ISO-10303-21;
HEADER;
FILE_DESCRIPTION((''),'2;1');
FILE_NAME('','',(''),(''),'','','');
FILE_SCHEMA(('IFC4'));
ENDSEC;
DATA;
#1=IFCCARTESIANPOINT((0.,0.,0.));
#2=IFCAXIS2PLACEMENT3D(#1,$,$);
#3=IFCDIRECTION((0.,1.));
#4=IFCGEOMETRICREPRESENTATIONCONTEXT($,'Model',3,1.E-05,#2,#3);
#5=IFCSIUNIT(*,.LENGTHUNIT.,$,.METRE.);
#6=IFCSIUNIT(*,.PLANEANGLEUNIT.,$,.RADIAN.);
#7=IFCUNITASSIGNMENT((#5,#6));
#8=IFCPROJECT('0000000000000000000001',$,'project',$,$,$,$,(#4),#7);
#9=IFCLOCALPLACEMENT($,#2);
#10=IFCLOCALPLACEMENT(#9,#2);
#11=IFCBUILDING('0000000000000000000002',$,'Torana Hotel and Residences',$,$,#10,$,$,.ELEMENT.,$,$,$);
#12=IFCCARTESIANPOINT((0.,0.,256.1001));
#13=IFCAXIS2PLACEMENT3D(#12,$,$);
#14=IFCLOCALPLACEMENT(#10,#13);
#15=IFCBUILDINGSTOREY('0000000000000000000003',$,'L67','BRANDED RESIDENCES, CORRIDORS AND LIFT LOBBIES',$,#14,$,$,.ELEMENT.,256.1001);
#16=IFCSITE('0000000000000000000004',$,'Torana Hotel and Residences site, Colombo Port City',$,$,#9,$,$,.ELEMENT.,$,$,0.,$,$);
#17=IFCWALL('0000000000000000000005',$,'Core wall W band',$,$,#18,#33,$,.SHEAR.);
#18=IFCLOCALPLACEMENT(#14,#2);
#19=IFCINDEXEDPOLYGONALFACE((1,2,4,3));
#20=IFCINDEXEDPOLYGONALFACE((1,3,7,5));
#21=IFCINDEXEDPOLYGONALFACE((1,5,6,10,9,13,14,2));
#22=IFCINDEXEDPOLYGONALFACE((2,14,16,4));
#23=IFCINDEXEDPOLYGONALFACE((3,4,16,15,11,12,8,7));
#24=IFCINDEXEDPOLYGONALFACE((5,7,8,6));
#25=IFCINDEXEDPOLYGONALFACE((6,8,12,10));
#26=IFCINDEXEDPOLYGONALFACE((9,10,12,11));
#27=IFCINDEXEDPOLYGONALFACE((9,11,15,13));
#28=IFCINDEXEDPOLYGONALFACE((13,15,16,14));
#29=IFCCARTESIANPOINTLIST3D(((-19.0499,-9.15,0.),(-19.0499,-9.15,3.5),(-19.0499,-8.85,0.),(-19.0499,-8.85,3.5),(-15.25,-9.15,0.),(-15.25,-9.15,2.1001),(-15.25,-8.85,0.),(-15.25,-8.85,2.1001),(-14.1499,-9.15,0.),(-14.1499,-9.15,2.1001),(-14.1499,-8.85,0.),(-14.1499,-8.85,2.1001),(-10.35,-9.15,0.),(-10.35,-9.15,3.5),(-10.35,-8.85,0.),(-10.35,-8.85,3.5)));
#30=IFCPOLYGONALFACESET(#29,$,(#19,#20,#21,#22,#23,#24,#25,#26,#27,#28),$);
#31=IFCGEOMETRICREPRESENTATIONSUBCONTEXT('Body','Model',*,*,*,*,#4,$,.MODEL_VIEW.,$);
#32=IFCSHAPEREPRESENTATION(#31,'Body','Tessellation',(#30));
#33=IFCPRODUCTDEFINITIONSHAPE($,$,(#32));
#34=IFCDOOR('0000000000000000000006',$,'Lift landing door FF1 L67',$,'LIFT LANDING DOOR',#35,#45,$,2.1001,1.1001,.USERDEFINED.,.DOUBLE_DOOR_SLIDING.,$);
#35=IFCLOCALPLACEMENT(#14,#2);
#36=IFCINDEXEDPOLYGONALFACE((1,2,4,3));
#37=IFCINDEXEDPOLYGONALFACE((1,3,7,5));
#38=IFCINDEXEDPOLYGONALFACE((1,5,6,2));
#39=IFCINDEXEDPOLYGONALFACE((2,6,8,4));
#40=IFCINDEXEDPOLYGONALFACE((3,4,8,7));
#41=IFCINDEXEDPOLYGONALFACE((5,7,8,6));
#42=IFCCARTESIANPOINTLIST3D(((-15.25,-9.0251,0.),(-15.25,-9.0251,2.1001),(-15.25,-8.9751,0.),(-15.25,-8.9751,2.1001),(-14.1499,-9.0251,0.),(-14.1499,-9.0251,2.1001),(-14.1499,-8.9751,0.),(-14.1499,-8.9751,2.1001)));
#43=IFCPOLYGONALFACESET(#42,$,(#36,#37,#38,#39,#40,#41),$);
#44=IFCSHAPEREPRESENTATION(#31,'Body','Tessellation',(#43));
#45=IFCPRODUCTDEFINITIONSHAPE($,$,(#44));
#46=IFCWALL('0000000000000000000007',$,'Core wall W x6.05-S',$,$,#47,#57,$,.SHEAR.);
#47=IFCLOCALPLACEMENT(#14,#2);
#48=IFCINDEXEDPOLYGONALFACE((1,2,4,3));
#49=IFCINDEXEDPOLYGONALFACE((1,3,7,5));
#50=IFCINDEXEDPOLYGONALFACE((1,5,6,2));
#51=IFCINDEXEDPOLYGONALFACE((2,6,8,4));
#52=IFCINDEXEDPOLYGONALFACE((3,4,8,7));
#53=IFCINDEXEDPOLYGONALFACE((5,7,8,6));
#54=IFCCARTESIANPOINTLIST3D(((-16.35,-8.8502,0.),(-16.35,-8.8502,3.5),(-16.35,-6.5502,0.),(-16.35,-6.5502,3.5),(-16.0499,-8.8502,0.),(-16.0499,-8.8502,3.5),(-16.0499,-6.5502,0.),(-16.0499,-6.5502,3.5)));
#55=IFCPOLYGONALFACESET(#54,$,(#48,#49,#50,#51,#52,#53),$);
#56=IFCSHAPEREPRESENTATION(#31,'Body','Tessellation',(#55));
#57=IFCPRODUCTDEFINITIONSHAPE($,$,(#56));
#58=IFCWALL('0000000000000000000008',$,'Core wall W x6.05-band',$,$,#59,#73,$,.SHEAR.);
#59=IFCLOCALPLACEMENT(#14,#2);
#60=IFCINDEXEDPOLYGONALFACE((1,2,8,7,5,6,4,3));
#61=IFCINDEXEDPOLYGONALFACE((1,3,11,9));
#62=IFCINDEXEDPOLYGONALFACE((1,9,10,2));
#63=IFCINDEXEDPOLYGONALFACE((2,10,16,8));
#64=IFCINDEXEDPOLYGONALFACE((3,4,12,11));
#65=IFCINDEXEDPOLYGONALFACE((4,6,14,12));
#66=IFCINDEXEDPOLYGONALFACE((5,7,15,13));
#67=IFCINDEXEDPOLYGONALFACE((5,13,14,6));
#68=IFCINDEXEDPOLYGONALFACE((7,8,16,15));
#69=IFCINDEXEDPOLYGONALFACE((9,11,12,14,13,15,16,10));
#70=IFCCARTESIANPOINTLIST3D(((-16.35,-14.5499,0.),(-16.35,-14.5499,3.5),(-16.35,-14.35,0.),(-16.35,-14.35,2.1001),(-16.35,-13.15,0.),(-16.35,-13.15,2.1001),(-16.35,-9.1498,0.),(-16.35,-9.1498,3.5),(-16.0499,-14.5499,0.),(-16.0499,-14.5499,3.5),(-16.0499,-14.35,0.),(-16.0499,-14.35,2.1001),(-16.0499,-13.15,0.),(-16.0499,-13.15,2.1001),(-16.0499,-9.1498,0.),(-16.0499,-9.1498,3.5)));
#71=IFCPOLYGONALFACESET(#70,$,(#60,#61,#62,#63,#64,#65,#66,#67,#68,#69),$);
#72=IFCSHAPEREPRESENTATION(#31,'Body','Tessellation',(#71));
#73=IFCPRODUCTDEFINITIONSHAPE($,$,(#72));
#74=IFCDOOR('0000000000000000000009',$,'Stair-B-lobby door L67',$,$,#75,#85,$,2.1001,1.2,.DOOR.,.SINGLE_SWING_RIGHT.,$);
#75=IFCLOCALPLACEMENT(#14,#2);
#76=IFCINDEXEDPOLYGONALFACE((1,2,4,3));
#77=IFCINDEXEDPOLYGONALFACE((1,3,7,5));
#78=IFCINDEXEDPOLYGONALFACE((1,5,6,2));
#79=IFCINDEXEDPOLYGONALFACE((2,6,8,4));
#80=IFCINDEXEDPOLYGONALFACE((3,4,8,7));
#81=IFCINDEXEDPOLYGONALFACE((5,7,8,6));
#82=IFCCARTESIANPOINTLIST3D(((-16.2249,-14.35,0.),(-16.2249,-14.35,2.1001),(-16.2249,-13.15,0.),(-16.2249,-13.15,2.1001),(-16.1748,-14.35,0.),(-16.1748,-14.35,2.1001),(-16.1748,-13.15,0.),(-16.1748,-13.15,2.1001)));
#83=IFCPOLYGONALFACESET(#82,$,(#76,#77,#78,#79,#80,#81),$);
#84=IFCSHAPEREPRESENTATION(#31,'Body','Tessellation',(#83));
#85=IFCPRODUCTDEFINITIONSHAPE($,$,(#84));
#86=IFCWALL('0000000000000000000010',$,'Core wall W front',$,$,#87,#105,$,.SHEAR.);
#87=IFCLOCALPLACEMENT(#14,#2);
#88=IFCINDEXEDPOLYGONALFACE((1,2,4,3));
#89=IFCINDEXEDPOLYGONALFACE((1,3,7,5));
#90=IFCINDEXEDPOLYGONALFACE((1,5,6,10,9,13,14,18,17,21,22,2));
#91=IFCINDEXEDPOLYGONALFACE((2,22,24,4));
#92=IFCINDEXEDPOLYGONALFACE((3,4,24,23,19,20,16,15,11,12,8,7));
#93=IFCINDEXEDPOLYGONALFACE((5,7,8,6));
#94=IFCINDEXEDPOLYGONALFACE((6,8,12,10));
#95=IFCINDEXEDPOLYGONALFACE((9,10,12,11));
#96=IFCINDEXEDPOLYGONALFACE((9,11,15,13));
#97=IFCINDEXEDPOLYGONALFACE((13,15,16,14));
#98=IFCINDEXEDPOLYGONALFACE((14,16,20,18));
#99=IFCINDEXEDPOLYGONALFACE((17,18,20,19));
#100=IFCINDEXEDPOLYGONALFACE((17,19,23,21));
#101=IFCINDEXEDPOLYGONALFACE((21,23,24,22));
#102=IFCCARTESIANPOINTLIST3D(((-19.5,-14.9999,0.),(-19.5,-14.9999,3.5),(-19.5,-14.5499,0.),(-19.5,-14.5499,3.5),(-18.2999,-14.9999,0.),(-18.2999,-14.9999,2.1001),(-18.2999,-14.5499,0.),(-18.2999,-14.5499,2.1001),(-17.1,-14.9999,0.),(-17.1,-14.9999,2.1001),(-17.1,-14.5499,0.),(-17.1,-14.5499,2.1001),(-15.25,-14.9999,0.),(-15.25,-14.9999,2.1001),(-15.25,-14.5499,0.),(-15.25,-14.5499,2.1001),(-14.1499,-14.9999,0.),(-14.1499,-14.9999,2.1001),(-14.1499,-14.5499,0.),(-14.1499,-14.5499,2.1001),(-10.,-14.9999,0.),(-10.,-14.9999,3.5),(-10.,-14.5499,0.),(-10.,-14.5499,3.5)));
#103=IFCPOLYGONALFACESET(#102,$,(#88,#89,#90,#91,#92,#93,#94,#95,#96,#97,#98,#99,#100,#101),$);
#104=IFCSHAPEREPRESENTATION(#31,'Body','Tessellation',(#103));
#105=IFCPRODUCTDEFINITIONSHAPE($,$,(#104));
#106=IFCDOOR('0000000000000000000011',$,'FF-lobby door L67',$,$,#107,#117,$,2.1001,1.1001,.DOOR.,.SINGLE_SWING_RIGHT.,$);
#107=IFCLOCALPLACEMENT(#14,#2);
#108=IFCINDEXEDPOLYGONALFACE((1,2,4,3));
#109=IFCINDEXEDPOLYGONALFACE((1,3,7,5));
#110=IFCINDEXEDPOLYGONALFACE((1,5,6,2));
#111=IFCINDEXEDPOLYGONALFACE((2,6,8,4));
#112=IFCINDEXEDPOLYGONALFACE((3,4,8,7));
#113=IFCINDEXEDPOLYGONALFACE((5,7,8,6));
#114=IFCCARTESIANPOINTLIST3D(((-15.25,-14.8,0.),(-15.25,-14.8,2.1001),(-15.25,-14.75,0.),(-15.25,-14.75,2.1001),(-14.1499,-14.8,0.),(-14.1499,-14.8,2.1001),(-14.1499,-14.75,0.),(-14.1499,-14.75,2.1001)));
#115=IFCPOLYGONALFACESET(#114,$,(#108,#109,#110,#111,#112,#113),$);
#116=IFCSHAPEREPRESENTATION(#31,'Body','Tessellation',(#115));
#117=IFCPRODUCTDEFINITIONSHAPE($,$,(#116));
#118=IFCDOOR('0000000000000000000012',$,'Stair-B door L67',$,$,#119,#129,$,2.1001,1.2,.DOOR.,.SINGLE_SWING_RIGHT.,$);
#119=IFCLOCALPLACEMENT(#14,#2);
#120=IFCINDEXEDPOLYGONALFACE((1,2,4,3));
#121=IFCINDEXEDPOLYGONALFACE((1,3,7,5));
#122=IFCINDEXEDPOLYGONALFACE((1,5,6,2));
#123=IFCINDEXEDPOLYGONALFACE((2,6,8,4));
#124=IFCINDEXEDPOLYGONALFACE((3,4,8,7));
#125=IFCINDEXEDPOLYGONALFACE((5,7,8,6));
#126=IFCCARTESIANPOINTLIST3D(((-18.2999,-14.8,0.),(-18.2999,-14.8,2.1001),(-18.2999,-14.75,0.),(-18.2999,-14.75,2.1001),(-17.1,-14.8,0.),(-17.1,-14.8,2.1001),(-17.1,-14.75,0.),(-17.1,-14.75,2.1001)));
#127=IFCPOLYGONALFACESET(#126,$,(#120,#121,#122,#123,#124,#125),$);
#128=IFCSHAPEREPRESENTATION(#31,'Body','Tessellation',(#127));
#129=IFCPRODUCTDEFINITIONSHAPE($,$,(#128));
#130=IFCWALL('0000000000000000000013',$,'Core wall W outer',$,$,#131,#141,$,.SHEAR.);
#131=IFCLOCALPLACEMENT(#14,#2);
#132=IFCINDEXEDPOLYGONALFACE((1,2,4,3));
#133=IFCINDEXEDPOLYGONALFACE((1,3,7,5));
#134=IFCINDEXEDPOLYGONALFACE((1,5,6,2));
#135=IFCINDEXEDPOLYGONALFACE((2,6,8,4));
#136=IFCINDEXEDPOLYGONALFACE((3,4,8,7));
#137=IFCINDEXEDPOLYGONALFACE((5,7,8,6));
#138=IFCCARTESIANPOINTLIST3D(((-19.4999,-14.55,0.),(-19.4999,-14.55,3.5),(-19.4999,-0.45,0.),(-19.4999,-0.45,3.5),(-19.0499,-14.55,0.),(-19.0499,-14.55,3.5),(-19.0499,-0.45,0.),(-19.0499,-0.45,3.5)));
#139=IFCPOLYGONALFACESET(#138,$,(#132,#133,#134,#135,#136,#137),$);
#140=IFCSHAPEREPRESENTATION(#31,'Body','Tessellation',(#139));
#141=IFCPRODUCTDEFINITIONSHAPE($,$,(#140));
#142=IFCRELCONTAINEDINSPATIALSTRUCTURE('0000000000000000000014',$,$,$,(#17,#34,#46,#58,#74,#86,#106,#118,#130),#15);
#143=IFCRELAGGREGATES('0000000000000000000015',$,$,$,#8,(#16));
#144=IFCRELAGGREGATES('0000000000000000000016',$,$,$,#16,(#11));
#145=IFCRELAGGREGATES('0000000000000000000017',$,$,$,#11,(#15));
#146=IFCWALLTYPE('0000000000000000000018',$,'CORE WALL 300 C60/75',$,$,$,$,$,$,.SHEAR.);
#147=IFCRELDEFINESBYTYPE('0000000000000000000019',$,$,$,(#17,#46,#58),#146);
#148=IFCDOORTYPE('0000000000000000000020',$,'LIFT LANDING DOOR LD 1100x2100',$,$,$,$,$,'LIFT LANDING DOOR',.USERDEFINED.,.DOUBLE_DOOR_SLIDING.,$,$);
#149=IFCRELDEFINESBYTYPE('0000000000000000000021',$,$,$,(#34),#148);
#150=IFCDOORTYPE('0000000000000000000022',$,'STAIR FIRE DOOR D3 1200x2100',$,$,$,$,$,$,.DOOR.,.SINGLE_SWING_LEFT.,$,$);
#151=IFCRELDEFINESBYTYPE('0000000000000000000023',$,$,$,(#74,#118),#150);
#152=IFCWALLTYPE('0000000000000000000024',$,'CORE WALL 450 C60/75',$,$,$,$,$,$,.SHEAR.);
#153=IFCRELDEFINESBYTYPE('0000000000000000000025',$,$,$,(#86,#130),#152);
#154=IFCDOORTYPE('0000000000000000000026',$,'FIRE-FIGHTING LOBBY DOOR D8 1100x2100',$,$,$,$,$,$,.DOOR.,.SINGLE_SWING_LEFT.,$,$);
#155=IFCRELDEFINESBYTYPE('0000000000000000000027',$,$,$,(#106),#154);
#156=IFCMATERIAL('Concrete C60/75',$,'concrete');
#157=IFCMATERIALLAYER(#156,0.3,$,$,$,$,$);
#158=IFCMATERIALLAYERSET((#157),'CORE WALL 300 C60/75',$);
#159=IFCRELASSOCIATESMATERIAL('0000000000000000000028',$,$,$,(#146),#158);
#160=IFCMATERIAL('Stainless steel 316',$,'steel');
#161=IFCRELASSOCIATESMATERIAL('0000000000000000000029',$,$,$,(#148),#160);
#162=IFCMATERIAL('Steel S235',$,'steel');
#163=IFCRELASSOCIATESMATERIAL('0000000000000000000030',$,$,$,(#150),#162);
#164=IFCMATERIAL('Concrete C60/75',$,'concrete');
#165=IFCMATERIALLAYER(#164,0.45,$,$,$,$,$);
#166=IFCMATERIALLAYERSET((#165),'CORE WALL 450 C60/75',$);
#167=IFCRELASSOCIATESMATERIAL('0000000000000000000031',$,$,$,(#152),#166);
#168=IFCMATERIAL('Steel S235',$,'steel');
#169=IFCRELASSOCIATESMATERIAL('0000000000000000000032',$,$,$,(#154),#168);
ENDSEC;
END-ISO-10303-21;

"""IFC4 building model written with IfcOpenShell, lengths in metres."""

from ifc_helpers import new_model, si_unit, direction, frame, frame_2d, origin, place, context, subcontext, project, spatial, rectangle, extrude, material, layer, layer_set, type_object, element, fill, save


model = new_model("IFC4")

# Units and contexts
model_context = context("Model", 3, precision=1e-05, world=origin(), true_north=direction((0.0, 1.0)))
body_context = subcontext(model_context, "Body", "Model", "MODEL_VIEW")
ifc_project = project(units=[si_unit("LENGTHUNIT", "METRE"), si_unit("PLANEANGLEUNIT", "RADIAN")], contexts=[model_context])

# Site, building, storey
site_placement = place(None, origin())
site = spatial("IfcSite", under=ifc_project, at=site_placement, Name="Torana Hotel and Residences site, Colombo Port City", CompositionType="ELEMENT", RefElevation=0.0)
building_placement = place(site_placement, origin())
building = spatial("IfcBuilding", under=site, at=building_placement, Name="Torana Hotel and Residences", CompositionType="ELEMENT")
storey_placement = place(building_placement, frame((0.0, 0.0, 256.1001)))
storey = spatial("IfcBuildingStorey", under=building, at=storey_placement, Name="L67", Description="BRANDED RESIDENCES, CORRIDORS AND LIFT LOBBIES", CompositionType="ELEMENT", Elevation=256.1001)

# Wall, opening, door
ifc_material_1 = material(Name="Concrete C60/75", Category="concrete")
ifc_layer_1 = layer(ifc_material_1, 0.3)
ifc_layer_set_1 = layer_set([ifc_layer_1], Name="CORE WALL 300 C60/75")
wall_type_1 = type_object("IfcWallType", Name="CORE WALL 300 C60/75", PredefinedType="SHEAR", material=ifc_layer_set_1)
wall_1_placement = place(storey_placement, frame((-19.05, -9.0, 0.0), z_axis=(0.0, 0.0, 1.0), x_axis=(1.0, 0.0, 0.0)))
wall_1 = element("IfcWall", 1, at=wall_1_placement, inside=storey, type_object=wall_type_1, Name="Core wall W band", PredefinedType="SHEAR", context=body_context, shape_type="SweptSolid", body=[
    extrude(rectangle(XDim=8.7, YDim=0.3, at=frame_2d((4.3501, 0.0))), origin(), (0.0, 0.0, 1.0), 3.5),
])
opening_1_placement = place(wall_1_placement, frame((3.8, 0.0, 0.0)))
opening_1 = element("IfcOpeningElement", 2, at=opening_1_placement, cuts=wall_1, PredefinedType="OPENING", context=body_context, shape_type="SweptSolid", body=[
    extrude(rectangle(XDim=1.1001, YDim=2.1001, at=frame_2d((0.55, 1.05))), frame((0.0, 0.1599, 0.0), z_axis=(0.0, -1.0, 0.0), x_axis=(1.0, 0.0, 0.0)), (0.0, 0.0, 1.0), 0.3201),
])
ifc_material_2 = material(Name="Stainless steel 316", Category="steel")
door_type_1 = type_object("IfcDoorType", Name="LIFT LANDING DOOR LD 1100x2100", ElementType="LIFT LANDING DOOR", OperationType="DOUBLE_DOOR_SLIDING", PredefinedType="USERDEFINED", material=ifc_material_2)
door_1_placement = place(opening_1_placement, origin())
door_1 = element("IfcDoor", 3, at=door_1_placement, inside=storey, type_object=door_type_1, Name="Lift landing door FF1 L67", ObjectType="LIFT LANDING DOOR", OperationType="DOUBLE_DOOR_SLIDING", OverallHeight=2.1001, OverallWidth=1.1001, PredefinedType="USERDEFINED", context=body_context, shape_type="SweptSolid", body=[
    extrude(rectangle(XDim=1.1001, YDim=2.1001, at=frame_2d((0.55, 1.05))), frame((0.0, 0.0249, 0.0), z_axis=(0.0, -1.0, 0.0), x_axis=(1.0, 0.0, 0.0)), (0.0, 0.0, 1.0), 0.05),
])
fill(opening_1, door_1)

# Wall
wall_2_placement = place(storey_placement, frame((-16.2, -8.8501, 0.0), z_axis=(0.0, 0.0, 1.0), x_axis=(0.0, 1.0, 0.0)))
element("IfcWall", 4, at=wall_2_placement, inside=storey, type_object=wall_type_1, Name="Core wall W x6.05-S", PredefinedType="SHEAR", context=body_context, shape_type="SweptSolid", body=[
    extrude(rectangle(XDim=2.3, YDim=0.3, at=frame_2d((1.1499, 0.0))), origin(), (0.0, 0.0, 1.0), 3.5),
])

# Wall, opening, door
wall_3_placement = place(storey_placement, frame((-16.2, -14.55, 0.0), z_axis=(0.0, 0.0, 1.0), x_axis=(0.0, 1.0, 0.0)))
wall_3 = element("IfcWall", 5, at=wall_3_placement, inside=storey, type_object=wall_type_1, Name="Core wall W x6.05-band", PredefinedType="SHEAR", context=body_context, shape_type="SweptSolid", body=[
    extrude(rectangle(XDim=5.4001, YDim=0.3, at=frame_2d((2.7002, 0.0))), origin(), (0.0, 0.0, 1.0), 3.5),
])
opening_2_placement = place(wall_3_placement, frame((0.2, 0.0, 0.0)))
opening_2 = element("IfcOpeningElement", 6, at=opening_2_placement, cuts=wall_3, PredefinedType="OPENING", context=body_context, shape_type="SweptSolid", body=[
    extrude(rectangle(XDim=1.2, YDim=2.1001, at=frame_2d((0.6001, 1.05))), frame((0.0, 0.1599, 0.0), z_axis=(0.0, -1.0, 0.0), x_axis=(1.0, 0.0, 0.0)), (0.0, 0.0, 1.0), 0.3201),
])
ifc_material_3 = material(Name="Steel S235", Category="steel")
door_type_2 = type_object("IfcDoorType", Name="STAIR FIRE DOOR D3 1200x2100", OperationType="SINGLE_SWING_LEFT", PredefinedType="DOOR", material=ifc_material_3)
door_2_placement = place(opening_2_placement, origin())
door_2 = element("IfcDoor", 7, at=door_2_placement, inside=storey, type_object=door_type_2, Name="Stair-B-lobby door L67", OperationType="SINGLE_SWING_RIGHT", OverallHeight=2.1001, OverallWidth=1.2, PredefinedType="DOOR", context=body_context, shape_type="SweptSolid", body=[
    extrude(rectangle(XDim=1.2, YDim=2.1001, at=frame_2d((0.6001, 1.05))), frame((0.0, 0.0249, 0.0), z_axis=(0.0, -1.0, 0.0), x_axis=(1.0, 0.0, 0.0)), (0.0, 0.0, 1.0), 0.05),
])
fill(opening_2, door_2)

# Wall, openings, doors
ifc_material_4 = material(Name="Concrete C60/75", Category="concrete")
ifc_layer_2 = layer(ifc_material_4, 0.45)
ifc_layer_set_2 = layer_set([ifc_layer_2], Name="CORE WALL 450 C60/75")
wall_type_2 = type_object("IfcWallType", Name="CORE WALL 450 C60/75", PredefinedType="SHEAR", material=ifc_layer_set_2)
wall_4_placement = place(storey_placement, frame((-19.5, -14.7749, 0.0), z_axis=(0.0, 0.0, 1.0), x_axis=(1.0, 0.0, 0.0)))
wall_4 = element("IfcWall", 8, at=wall_4_placement, inside=storey, type_object=wall_type_2, Name="Core wall W front", PredefinedType="SHEAR", context=body_context, shape_type="SweptSolid", body=[
    extrude(rectangle(XDim=9.5, YDim=0.45, at=frame_2d((4.75, 0.0))), origin(), (0.0, 0.0, 1.0), 3.5),
])
opening_3_placement = place(wall_4_placement, frame((1.2, 0.0, 0.0)))
opening_3 = element("IfcOpeningElement", 9, at=opening_3_placement, cuts=wall_4, PredefinedType="OPENING", context=body_context, shape_type="SweptSolid", body=[
    extrude(rectangle(XDim=1.2, YDim=2.1001, at=frame_2d((0.6001, 1.05))), frame((0.0, 0.2349, 0.0), z_axis=(0.0, -1.0, 0.0), x_axis=(1.0, 0.0, 0.0)), (0.0, 0.0, 1.0), 0.47),
])
opening_4_placement = place(wall_4_placement, frame((4.25, 0.0, 0.0)))
opening_4 = element("IfcOpeningElement", 10, at=opening_4_placement, cuts=wall_4, PredefinedType="OPENING", context=body_context, shape_type="SweptSolid", body=[
    extrude(rectangle(XDim=1.1001, YDim=2.1001, at=frame_2d((0.55, 1.05))), frame((0.0, 0.2349, 0.0), z_axis=(0.0, -1.0, 0.0), x_axis=(1.0, 0.0, 0.0)), (0.0, 0.0, 1.0), 0.47),
])
ifc_material_5 = material(Name="Steel S235", Category="steel")
door_type_3 = type_object("IfcDoorType", Name="FIRE-FIGHTING LOBBY DOOR D8 1100x2100", OperationType="SINGLE_SWING_LEFT", PredefinedType="DOOR", material=ifc_material_5)
door_3_placement = place(opening_4_placement, origin())
door_3 = element("IfcDoor", 11, at=door_3_placement, inside=storey, type_object=door_type_3, Name="FF-lobby door L67", OperationType="SINGLE_SWING_RIGHT", OverallHeight=2.1001, OverallWidth=1.1001, PredefinedType="DOOR", context=body_context, shape_type="SweptSolid", body=[
    extrude(rectangle(XDim=1.1001, YDim=2.1001, at=frame_2d((0.55, 1.05))), frame((0.0, 0.0249, 0.0), z_axis=(0.0, -1.0, 0.0), x_axis=(1.0, 0.0, 0.0)), (0.0, 0.0, 1.0), 0.05),
])
fill(opening_4, door_3)
door_4_placement = place(opening_3_placement, origin())
door_4 = element("IfcDoor", 12, at=door_4_placement, inside=storey, type_object=door_type_2, Name="Stair-B door L67", OperationType="SINGLE_SWING_RIGHT", OverallHeight=2.1001, OverallWidth=1.2, PredefinedType="DOOR", context=body_context, shape_type="SweptSolid", body=[
    extrude(rectangle(XDim=1.2, YDim=2.1001, at=frame_2d((0.6001, 1.05))), frame((0.0, 0.0249, 0.0), z_axis=(0.0, -1.0, 0.0), x_axis=(1.0, 0.0, 0.0)), (0.0, 0.0, 1.0), 0.05),
])
fill(opening_3, door_4)

# Wall
wall_5_placement = place(storey_placement, frame((-19.2749, -14.55, 0.0), z_axis=(0.0, 0.0, 1.0), x_axis=(0.0, 1.0, 0.0)))
element("IfcWall", 13, at=wall_5_placement, inside=storey, type_object=wall_type_2, Name="Core wall W outer", PredefinedType="SHEAR", context=body_context, shape_type="SweptSolid", body=[
    extrude(rectangle(XDim=14.1001, YDim=0.45, at=frame_2d((7.05, 0.0))), origin(), (0.0, 0.0, 1.0), 3.5),
])

save(model, "model.ifc")
